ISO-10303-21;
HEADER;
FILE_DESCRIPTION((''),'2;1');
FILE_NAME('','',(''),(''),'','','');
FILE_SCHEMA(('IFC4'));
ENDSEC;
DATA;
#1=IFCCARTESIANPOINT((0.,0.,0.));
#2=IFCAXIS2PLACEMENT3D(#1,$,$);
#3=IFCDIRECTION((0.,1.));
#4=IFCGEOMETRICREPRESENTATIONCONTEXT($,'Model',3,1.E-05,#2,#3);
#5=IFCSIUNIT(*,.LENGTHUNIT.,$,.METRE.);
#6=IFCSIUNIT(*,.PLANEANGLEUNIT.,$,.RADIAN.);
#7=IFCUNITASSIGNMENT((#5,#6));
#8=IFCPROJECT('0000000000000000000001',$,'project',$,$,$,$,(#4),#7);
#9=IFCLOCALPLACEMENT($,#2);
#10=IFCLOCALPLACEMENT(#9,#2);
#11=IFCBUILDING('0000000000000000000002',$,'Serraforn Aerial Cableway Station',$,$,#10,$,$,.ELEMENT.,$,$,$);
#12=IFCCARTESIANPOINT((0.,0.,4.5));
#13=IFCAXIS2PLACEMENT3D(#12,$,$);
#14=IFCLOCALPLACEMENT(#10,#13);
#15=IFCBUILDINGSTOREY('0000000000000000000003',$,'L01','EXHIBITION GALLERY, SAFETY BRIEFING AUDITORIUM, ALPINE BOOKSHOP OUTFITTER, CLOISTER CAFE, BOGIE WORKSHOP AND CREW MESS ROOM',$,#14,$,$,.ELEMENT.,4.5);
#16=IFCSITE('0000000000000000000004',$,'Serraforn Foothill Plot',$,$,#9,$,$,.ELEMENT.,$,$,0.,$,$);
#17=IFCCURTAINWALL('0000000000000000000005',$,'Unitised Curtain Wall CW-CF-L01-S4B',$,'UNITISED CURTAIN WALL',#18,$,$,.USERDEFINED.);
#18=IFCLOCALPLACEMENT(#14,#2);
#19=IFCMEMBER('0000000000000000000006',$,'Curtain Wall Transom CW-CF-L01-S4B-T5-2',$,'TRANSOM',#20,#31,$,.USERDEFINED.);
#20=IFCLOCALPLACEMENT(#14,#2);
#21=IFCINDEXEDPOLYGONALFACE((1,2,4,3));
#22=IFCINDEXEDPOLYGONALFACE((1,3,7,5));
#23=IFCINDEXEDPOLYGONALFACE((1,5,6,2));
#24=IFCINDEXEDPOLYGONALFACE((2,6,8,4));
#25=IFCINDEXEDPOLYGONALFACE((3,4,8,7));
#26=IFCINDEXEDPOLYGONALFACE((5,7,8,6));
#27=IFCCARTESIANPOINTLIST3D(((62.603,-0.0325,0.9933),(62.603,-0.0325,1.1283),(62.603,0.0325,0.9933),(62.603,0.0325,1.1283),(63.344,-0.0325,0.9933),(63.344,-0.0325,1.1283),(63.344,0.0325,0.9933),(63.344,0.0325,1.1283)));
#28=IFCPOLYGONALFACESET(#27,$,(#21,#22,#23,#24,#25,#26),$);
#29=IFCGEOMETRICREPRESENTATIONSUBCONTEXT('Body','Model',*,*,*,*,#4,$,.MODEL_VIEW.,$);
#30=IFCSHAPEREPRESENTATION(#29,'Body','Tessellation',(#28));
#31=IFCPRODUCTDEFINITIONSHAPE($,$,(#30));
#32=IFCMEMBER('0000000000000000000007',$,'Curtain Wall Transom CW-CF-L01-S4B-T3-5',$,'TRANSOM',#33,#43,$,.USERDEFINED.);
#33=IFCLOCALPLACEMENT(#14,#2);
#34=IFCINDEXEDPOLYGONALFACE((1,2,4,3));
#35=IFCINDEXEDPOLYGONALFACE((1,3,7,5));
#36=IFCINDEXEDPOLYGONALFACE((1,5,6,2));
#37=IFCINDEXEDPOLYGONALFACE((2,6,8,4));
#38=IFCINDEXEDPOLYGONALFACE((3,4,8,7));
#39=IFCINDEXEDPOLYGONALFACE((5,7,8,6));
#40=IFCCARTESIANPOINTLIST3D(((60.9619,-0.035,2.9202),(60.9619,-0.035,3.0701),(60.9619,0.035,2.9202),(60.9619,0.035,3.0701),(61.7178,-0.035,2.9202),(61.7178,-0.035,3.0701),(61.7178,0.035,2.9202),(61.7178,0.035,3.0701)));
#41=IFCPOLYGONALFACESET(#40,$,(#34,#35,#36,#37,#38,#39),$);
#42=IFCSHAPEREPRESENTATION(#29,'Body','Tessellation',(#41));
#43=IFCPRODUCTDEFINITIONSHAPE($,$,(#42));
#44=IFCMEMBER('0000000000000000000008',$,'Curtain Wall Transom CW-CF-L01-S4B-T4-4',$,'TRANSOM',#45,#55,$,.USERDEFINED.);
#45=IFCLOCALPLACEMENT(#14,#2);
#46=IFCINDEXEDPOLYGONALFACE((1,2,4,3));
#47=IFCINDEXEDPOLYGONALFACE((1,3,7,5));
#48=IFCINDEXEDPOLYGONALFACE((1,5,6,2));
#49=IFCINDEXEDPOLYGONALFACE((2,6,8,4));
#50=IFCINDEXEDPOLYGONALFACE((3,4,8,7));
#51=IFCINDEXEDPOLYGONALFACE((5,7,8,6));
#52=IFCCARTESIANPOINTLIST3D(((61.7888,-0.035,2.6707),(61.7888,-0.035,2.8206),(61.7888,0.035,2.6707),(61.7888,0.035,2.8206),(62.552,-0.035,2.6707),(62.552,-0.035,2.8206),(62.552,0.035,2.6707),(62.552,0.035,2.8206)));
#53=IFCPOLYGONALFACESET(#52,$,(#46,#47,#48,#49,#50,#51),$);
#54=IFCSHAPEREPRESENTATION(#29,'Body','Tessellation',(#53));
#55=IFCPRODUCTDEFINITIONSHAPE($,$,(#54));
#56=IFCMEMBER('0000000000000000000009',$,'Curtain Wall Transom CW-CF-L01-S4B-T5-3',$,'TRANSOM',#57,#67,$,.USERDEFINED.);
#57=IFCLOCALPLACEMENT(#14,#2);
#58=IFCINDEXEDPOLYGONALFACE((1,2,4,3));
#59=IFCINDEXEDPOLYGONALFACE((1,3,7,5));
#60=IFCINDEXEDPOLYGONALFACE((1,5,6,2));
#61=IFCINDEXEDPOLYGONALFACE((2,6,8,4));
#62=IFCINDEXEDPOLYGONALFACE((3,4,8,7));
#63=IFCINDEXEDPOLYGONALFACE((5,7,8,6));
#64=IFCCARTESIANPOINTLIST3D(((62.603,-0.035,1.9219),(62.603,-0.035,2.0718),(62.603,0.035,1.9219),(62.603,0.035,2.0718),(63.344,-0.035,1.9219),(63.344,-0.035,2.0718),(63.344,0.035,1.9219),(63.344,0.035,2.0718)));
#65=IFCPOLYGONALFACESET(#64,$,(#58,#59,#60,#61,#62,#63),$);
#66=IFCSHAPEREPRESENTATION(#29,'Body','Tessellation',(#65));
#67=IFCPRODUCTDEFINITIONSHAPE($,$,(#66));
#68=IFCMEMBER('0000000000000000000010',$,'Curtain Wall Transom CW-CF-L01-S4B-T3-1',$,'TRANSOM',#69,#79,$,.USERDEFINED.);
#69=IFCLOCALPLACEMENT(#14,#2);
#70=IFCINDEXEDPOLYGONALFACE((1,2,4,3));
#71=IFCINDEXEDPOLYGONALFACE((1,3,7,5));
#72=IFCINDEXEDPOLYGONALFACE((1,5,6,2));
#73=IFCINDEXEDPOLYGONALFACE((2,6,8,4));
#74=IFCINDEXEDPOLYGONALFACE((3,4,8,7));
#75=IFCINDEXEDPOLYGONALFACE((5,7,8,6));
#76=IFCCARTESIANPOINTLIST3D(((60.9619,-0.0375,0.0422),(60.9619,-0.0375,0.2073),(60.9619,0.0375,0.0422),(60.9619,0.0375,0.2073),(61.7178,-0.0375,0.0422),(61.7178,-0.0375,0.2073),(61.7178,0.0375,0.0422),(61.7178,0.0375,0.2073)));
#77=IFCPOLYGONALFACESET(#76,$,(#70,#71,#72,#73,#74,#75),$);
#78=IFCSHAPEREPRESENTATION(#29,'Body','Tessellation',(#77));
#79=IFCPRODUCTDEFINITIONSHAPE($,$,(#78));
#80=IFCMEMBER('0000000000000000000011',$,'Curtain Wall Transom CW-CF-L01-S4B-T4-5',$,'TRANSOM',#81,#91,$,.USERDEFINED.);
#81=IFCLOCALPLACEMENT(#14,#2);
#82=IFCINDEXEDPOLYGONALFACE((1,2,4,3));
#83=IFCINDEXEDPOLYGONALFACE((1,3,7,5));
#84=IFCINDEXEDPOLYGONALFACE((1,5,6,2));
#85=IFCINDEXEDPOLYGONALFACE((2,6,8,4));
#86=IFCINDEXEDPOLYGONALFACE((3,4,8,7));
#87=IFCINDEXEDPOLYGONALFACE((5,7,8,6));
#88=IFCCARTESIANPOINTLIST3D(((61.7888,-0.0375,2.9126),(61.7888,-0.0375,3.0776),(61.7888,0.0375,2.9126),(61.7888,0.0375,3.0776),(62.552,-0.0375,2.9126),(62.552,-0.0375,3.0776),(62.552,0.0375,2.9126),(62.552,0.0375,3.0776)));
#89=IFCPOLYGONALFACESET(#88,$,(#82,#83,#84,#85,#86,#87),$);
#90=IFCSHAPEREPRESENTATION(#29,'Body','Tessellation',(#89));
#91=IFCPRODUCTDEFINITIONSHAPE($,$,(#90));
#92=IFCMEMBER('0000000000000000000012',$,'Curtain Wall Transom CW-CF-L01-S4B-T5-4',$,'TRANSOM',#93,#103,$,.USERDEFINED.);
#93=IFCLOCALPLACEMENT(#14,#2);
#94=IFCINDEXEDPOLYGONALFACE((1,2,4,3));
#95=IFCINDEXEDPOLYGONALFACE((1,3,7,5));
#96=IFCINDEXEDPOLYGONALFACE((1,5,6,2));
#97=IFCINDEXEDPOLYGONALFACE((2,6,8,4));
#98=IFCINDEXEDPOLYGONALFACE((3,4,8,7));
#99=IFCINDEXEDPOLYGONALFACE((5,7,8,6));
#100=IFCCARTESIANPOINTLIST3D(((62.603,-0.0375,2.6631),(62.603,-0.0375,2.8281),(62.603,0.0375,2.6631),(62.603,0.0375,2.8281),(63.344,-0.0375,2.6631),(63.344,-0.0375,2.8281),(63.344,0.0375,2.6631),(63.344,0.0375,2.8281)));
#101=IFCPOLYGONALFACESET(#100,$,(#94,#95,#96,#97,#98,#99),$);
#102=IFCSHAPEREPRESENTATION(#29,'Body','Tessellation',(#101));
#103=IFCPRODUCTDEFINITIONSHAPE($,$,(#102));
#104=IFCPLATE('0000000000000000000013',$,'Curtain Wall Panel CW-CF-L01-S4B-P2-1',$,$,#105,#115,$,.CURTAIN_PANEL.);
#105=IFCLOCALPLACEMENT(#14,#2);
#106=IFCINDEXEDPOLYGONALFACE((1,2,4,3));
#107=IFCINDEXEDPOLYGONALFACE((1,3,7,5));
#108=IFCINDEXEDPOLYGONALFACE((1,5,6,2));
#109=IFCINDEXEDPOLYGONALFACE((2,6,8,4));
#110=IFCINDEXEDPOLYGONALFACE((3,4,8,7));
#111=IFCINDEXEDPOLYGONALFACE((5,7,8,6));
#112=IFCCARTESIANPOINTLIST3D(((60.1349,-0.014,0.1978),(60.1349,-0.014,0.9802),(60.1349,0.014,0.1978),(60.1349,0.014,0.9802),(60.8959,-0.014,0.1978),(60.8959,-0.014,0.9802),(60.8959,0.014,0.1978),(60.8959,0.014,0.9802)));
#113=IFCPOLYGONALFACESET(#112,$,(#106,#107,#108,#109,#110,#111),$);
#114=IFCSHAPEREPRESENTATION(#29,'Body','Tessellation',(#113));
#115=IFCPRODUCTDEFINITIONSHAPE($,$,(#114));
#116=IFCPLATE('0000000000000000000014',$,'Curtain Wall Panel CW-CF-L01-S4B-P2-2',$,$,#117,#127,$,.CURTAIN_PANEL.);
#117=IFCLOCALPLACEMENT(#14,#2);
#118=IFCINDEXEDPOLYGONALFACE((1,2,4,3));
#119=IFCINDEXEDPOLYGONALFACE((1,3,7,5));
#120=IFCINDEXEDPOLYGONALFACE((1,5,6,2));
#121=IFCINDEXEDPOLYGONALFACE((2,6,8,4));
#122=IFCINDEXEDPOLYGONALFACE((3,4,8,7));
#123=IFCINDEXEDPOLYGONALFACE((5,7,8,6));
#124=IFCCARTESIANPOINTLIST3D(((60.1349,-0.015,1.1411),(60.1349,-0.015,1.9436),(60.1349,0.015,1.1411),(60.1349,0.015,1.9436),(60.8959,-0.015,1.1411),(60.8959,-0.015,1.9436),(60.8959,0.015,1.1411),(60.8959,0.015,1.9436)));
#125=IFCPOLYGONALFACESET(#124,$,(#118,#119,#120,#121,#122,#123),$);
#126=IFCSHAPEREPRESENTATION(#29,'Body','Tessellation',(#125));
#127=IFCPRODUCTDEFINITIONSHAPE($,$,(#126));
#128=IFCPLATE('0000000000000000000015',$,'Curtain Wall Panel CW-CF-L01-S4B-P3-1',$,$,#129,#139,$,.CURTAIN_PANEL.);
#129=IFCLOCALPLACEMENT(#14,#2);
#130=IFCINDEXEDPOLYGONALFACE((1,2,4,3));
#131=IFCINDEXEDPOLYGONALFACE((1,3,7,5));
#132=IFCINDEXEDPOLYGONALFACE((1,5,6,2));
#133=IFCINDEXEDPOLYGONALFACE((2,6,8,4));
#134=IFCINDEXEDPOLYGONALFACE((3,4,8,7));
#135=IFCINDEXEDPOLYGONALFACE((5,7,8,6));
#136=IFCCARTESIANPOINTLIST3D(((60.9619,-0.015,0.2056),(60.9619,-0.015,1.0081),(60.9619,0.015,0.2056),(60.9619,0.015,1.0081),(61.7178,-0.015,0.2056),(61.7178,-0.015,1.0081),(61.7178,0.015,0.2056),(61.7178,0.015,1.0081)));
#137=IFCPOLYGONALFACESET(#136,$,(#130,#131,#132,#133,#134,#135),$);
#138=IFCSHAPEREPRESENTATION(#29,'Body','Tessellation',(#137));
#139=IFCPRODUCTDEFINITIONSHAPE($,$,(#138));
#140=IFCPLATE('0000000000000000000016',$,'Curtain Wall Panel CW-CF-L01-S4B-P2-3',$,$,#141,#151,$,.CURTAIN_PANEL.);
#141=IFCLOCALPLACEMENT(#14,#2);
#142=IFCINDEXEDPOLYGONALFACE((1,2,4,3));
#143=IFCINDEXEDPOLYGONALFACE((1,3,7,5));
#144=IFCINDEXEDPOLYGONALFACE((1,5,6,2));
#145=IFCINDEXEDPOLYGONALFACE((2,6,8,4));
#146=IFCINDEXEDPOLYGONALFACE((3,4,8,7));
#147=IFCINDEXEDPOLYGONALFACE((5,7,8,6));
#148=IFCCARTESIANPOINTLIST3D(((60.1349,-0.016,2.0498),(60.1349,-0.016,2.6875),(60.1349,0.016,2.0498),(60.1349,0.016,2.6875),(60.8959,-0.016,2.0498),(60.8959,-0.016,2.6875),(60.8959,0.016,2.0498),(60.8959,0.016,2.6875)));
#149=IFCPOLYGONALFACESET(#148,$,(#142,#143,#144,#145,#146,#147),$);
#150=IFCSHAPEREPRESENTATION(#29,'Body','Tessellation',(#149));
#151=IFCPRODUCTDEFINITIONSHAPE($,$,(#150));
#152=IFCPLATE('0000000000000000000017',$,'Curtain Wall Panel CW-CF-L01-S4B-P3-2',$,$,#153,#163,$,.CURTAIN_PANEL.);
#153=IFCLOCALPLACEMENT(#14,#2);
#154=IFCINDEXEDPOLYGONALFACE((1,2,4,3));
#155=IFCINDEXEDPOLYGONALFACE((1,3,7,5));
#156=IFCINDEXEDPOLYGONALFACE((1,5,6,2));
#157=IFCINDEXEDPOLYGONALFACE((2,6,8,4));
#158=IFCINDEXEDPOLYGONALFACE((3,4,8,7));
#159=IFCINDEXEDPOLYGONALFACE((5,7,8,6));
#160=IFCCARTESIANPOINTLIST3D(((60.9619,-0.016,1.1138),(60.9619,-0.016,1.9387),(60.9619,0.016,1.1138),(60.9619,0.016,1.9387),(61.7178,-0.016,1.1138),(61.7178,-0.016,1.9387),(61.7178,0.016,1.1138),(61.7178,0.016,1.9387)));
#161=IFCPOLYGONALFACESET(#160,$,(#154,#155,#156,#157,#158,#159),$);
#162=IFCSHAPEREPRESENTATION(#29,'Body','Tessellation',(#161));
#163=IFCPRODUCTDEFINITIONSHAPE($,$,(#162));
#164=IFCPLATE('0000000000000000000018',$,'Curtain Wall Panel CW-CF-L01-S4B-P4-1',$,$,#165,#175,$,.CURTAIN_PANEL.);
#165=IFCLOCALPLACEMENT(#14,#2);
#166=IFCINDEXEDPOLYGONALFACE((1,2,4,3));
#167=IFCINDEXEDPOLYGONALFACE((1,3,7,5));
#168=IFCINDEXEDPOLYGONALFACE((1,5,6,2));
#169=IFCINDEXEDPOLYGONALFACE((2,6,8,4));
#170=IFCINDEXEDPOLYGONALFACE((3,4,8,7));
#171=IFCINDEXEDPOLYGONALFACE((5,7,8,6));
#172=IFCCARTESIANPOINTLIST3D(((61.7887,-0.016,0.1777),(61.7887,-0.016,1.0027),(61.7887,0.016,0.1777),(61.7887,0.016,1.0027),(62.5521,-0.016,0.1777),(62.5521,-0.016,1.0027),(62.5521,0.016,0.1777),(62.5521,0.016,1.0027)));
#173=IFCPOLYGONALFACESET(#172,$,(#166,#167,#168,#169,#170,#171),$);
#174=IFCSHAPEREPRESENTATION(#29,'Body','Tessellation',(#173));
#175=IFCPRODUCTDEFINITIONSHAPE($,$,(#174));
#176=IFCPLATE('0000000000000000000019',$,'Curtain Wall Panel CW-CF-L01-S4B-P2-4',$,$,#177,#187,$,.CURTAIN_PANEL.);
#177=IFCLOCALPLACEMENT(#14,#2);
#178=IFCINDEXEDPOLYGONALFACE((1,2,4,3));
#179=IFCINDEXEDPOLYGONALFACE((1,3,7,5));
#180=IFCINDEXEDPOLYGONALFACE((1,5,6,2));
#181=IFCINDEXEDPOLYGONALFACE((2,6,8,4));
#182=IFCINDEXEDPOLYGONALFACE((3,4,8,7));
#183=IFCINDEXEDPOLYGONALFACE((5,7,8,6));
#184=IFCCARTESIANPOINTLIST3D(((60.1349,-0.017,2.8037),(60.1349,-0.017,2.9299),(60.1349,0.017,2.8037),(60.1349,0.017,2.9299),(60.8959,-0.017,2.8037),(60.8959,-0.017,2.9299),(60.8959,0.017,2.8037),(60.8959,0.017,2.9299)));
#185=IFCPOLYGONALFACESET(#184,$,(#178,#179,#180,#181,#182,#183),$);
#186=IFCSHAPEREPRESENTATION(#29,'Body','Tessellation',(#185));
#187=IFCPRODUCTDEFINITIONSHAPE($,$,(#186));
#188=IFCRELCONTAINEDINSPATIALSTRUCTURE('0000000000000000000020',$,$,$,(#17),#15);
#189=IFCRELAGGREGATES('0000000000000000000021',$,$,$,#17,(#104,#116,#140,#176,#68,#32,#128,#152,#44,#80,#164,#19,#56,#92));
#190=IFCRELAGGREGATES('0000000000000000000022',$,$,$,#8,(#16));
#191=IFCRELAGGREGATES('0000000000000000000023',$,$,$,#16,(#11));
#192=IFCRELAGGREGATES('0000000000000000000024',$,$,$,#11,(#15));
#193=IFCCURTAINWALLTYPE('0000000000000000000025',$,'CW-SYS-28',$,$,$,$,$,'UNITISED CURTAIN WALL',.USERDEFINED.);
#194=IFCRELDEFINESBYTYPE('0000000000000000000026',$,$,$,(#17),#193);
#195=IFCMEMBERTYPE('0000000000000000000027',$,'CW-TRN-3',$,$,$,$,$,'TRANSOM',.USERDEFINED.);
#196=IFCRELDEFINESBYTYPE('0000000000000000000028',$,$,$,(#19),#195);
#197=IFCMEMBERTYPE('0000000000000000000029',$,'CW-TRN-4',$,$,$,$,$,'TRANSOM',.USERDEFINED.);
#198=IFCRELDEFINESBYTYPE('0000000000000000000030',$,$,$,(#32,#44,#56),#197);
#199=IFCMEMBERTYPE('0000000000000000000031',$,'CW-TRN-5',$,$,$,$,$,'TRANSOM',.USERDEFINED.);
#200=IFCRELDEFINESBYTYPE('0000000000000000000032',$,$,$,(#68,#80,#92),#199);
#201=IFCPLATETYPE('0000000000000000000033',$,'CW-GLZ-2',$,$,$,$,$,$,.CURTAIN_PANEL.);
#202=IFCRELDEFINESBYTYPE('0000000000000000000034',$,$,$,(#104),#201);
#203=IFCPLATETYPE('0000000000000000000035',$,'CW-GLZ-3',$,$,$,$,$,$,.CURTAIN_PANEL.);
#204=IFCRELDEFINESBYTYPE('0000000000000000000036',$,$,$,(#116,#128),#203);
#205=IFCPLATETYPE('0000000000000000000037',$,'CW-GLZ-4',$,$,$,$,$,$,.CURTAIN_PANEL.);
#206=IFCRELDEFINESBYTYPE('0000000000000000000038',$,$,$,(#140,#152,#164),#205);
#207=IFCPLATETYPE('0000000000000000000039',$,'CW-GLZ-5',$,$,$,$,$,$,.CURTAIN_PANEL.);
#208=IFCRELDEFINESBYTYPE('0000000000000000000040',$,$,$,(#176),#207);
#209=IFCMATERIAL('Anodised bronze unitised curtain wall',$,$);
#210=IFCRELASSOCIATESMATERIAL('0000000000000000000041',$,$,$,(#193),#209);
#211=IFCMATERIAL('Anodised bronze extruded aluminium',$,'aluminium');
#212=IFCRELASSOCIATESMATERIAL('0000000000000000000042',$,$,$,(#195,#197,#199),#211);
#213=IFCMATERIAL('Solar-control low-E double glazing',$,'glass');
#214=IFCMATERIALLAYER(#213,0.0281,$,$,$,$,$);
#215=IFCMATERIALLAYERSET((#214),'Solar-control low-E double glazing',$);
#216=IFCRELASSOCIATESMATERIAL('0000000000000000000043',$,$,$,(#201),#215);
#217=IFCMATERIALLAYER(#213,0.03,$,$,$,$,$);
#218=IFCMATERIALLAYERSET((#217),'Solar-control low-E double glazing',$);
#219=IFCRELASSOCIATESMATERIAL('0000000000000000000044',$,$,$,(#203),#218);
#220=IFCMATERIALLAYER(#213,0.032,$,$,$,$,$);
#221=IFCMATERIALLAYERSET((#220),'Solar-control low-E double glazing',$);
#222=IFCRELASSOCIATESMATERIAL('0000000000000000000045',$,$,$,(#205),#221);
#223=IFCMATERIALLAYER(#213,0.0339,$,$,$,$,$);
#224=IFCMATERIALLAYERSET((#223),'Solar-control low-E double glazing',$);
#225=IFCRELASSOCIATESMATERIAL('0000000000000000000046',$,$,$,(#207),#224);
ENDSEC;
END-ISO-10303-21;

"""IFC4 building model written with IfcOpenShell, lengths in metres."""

from ifc_helpers import new_model, si_unit, direction, frame, origin, origin_2d, place, context, subcontext, project, spatial, rectangle, extrude, material, layer, layer_set, material_profile, profile_set, type_object, element, aggregate, save


model = new_model("IFC4")

# Units and contexts
model_context = context("Model", 3, precision=1e-05, world=origin(), true_north=direction((0.0, 1.0)))
body_context = subcontext(model_context, "Body", "Model", "MODEL_VIEW")
ifc_project = project(units=[si_unit("LENGTHUNIT", "METRE"), si_unit("PLANEANGLEUNIT", "RADIAN")], contexts=[model_context])

# Site, building, storey
site_placement = place(None, origin())
site = spatial("IfcSite", under=ifc_project, at=site_placement, Name="Serraforn Foothill Plot", CompositionType="ELEMENT", RefElevation=0.0)
building_placement = place(site_placement, origin())
building = spatial("IfcBuilding", under=site, at=building_placement, Name="Serraforn Aerial Cableway Station", CompositionType="ELEMENT")
storey_placement = place(building_placement, frame((0.0, 0.0, 4.5)))
storey = spatial("IfcBuildingStorey", under=building, at=storey_placement, Name="L01", Description="EXHIBITION GALLERY, SAFETY BRIEFING AUDITORIUM, ALPINE BOOKSHOP OUTFITTER, CLOISTER CAFE, BOGIE WORKSHOP AND CREW MESS ROOM", CompositionType="ELEMENT", Elevation=4.5)

# Curtain wall, members, plates
ifc_material_1 = material(Name="Anodised bronze unitised curtain wall")
curtain_wall_type = type_object("IfcCurtainWallType", Name="CW-SYS-28", ElementType="UNITISED CURTAIN WALL", PredefinedType="USERDEFINED", material=ifc_material_1)
curtain_wall_placement = place(storey_placement, origin())
curtain_wall = element("IfcCurtainWall", 1, at=curtain_wall_placement, inside=storey, type_object=curtain_wall_type, Name="Unitised Curtain Wall CW-CF-L01-S4B", ObjectType="UNITISED CURTAIN WALL", PredefinedType="USERDEFINED")
ifc_material_2 = material(Name="Anodised bronze extruded aluminium", Category="aluminium")
ifc_material_profile_1 = material_profile(ifc_material_2, rectangle(XDim=0.0649, YDim=0.135, at=origin_2d()), Name="CW TRANSOM 65x135")
ifc_profile_set_1 = profile_set([ifc_material_profile_1], Name="Anodised bronze extruded aluminium")
member_type_1 = type_object("IfcMemberType", Name="CW-TRN-3", ElementType="TRANSOM", PredefinedType="USERDEFINED", material=ifc_profile_set_1)
member_1_placement = place(storey_placement, frame((62.603, 0.0, 1.0608), z_axis=(1.0, 0.0, 0.0), x_axis=(0.0, 1.0, 0.0)))
member_1 = element("IfcMember", 2, at=member_1_placement, type_object=member_type_1, Name="Curtain Wall Transom CW-CF-L01-S4B-T5-2", ObjectType="TRANSOM", PredefinedType="USERDEFINED", context=body_context, shape_type="SweptSolid", body=[
    extrude(rectangle(XDim=0.0649, YDim=0.135, at=origin_2d()), origin(), (0.0, 0.0, 1.0), 0.741),
])
ifc_material_profile_2 = material_profile(ifc_material_2, rectangle(XDim=0.0701, YDim=0.1499, at=origin_2d()), Name="CW TRANSOM 70x150")
ifc_profile_set_2 = profile_set([ifc_material_profile_2], Name="Anodised bronze extruded aluminium")
member_type_2 = type_object("IfcMemberType", Name="CW-TRN-4", ElementType="TRANSOM", PredefinedType="USERDEFINED", material=ifc_profile_set_2)
member_2_placement = place(storey_placement, frame((60.9619, 0.0, 2.9951), z_axis=(1.0, 0.0, 0.0), x_axis=(0.0, 1.0, 0.0)))
member_2 = element("IfcMember", 3, at=member_2_placement, type_object=member_type_2, Name="Curtain Wall Transom CW-CF-L01-S4B-T3-5", ObjectType="TRANSOM", PredefinedType="USERDEFINED", context=body_context, shape_type="SweptSolid", body=[
    extrude(rectangle(XDim=0.0701, YDim=0.1499, at=origin_2d()), origin(), (0.0, 0.0, 1.0), 0.7559),
])
member_3_placement = place(storey_placement, frame((61.7888, 0.0, 2.7456), z_axis=(1.0, 0.0, 0.0), x_axis=(0.0, 1.0, 0.0)))
member_3 = element("IfcMember", 4, at=member_3_placement, type_object=member_type_2, Name="Curtain Wall Transom CW-CF-L01-S4B-T4-4", ObjectType="TRANSOM", PredefinedType="USERDEFINED", context=body_context, shape_type="SweptSolid", body=[
    extrude(rectangle(XDim=0.0701, YDim=0.1499, at=origin_2d()), origin(), (0.0, 0.0, 1.0), 0.7632),
])
member_4_placement = place(storey_placement, frame((62.603, 0.0, 1.9968), z_axis=(1.0, 0.0, 0.0), x_axis=(0.0, 1.0, 0.0)))
member_4 = element("IfcMember", 5, at=member_4_placement, type_object=member_type_2, Name="Curtain Wall Transom CW-CF-L01-S4B-T5-3", ObjectType="TRANSOM", PredefinedType="USERDEFINED", context=body_context, shape_type="SweptSolid", body=[
    extrude(rectangle(XDim=0.0701, YDim=0.1499, at=origin_2d()), origin(), (0.0, 0.0, 1.0), 0.741),
])
ifc_material_profile_3 = material_profile(ifc_material_2, rectangle(XDim=0.075, YDim=0.165, at=origin_2d()), Name="CW TRANSOM 75x165")
ifc_profile_set_3 = profile_set([ifc_material_profile_3], Name="Anodised bronze extruded aluminium")
member_type_3 = type_object("IfcMemberType", Name="CW-TRN-5", ElementType="TRANSOM", PredefinedType="USERDEFINED", material=ifc_profile_set_3)
member_5_placement = place(storey_placement, frame((60.9619, 0.0, 0.1248), z_axis=(1.0, 0.0, 0.0), x_axis=(0.0, 1.0, 0.0)))
member_5 = element("IfcMember", 6, at=member_5_placement, type_object=member_type_3, Name="Curtain Wall Transom CW-CF-L01-S4B-T3-1", ObjectType="TRANSOM", PredefinedType="USERDEFINED", context=body_context, shape_type="SweptSolid", body=[
    extrude(rectangle(XDim=0.075, YDim=0.165, at=origin_2d()), origin(), (0.0, 0.0, 1.0), 0.7559),
])
member_6_placement = place(storey_placement, frame((61.7888, 0.0, 2.9951), z_axis=(1.0, 0.0, 0.0), x_axis=(0.0, 1.0, 0.0)))
member_6 = element("IfcMember", 7, at=member_6_placement, type_object=member_type_3, Name="Curtain Wall Transom CW-CF-L01-S4B-T4-5", ObjectType="TRANSOM", PredefinedType="USERDEFINED", context=body_context, shape_type="SweptSolid", body=[
    extrude(rectangle(XDim=0.075, YDim=0.165, at=origin_2d()), origin(), (0.0, 0.0, 1.0), 0.7632),
])
member_7_placement = place(storey_placement, frame((62.603, 0.0, 2.7456), z_axis=(1.0, 0.0, 0.0), x_axis=(0.0, 1.0, 0.0)))
member_7 = element("IfcMember", 8, at=member_7_placement, type_object=member_type_3, Name="Curtain Wall Transom CW-CF-L01-S4B-T5-4", ObjectType="TRANSOM", PredefinedType="USERDEFINED", context=body_context, shape_type="SweptSolid", body=[
    extrude(rectangle(XDim=0.075, YDim=0.165, at=origin_2d()), origin(), (0.0, 0.0, 1.0), 0.741),
])
ifc_material_3 = material(Name="Solar-control low-E double glazing", Category="glass")
ifc_layer_1 = layer(ifc_material_3, 0.0281)
ifc_layer_set_1 = layer_set([ifc_layer_1], Name="Solar-control low-E double glazing")
plate_type_1 = type_object("IfcPlateType", Name="CW-GLZ-2", PredefinedType="CURTAIN_PANEL", material=ifc_layer_set_1)
plate_1_placement = place(storey_placement, frame((60.5154, 0.0, 0.1978), z_axis=(0.0, 0.0, 1.0), x_axis=(1.0, 0.0, 0.0)))
plate_1 = element("IfcPlate", 9, at=plate_1_placement, type_object=plate_type_1, Name="Curtain Wall Panel CW-CF-L01-S4B-P2-1", PredefinedType="CURTAIN_PANEL", context=body_context, shape_type="SweptSolid", body=[
    extrude(rectangle(XDim=0.761, YDim=0.0281, at=origin_2d()), origin(), (0.0, 0.0, 1.0), 0.7825),
])
ifc_layer_2 = layer(ifc_material_3, 0.03)
ifc_layer_set_2 = layer_set([ifc_layer_2], Name="Solar-control low-E double glazing")
plate_type_2 = type_object("IfcPlateType", Name="CW-GLZ-3", PredefinedType="CURTAIN_PANEL", material=ifc_layer_set_2)
plate_2_placement = place(storey_placement, frame((60.5154, 0.0, 1.1411), z_axis=(0.0, 0.0, 1.0), x_axis=(1.0, 0.0, 0.0)))
plate_2 = element("IfcPlate", 10, at=plate_2_placement, type_object=plate_type_2, Name="Curtain Wall Panel CW-CF-L01-S4B-P2-2", PredefinedType="CURTAIN_PANEL", context=body_context, shape_type="SweptSolid", body=[
    extrude(rectangle(XDim=0.761, YDim=0.03, at=origin_2d()), origin(), (0.0, 0.0, 1.0), 0.8025),
])
plate_3_placement = place(storey_placement, frame((61.3398, 0.0, 0.2056), z_axis=(0.0, 0.0, 1.0), x_axis=(1.0, 0.0, 0.0)))
plate_3 = element("IfcPlate", 11, at=plate_3_placement, type_object=plate_type_2, Name="Curtain Wall Panel CW-CF-L01-S4B-P3-1", PredefinedType="CURTAIN_PANEL", context=body_context, shape_type="SweptSolid", body=[
    extrude(rectangle(XDim=0.7559, YDim=0.03, at=origin_2d()), origin(), (0.0, 0.0, 1.0), 0.8025),
])
ifc_layer_3 = layer(ifc_material_3, 0.032)
ifc_layer_set_3 = layer_set([ifc_layer_3], Name="Solar-control low-E double glazing")
plate_type_3 = type_object("IfcPlateType", Name="CW-GLZ-4", PredefinedType="CURTAIN_PANEL", material=ifc_layer_set_3)
plate_4_placement = place(storey_placement, frame((60.5154, 0.0, 2.0498), z_axis=(0.0, 0.0, 1.0), x_axis=(1.0, 0.0, 0.0)))
plate_4 = element("IfcPlate", 12, at=plate_4_placement, type_object=plate_type_3, Name="Curtain Wall Panel CW-CF-L01-S4B-P2-3", PredefinedType="CURTAIN_PANEL", context=body_context, shape_type="SweptSolid", body=[
    extrude(rectangle(XDim=0.761, YDim=0.032, at=origin_2d()), origin(), (0.0, 0.0, 1.0), 0.6377),
])
plate_5_placement = place(storey_placement, frame((61.3398, 0.0, 1.1138), z_axis=(0.0, 0.0, 1.0), x_axis=(1.0, 0.0, 0.0)))
plate_5 = element("IfcPlate", 13, at=plate_5_placement, type_object=plate_type_3, Name="Curtain Wall Panel CW-CF-L01-S4B-P3-2", PredefinedType="CURTAIN_PANEL", context=body_context, shape_type="SweptSolid", body=[
    extrude(rectangle(XDim=0.7559, YDim=0.032, at=origin_2d()), origin(), (0.0, 0.0, 1.0), 0.825),
])
plate_6_placement = place(storey_placement, frame((62.1704, 0.0, 0.1777), z_axis=(0.0, 0.0, 1.0), x_axis=(1.0, 0.0, 0.0)))
plate_6 = element("IfcPlate", 14, at=plate_6_placement, type_object=plate_type_3, Name="Curtain Wall Panel CW-CF-L01-S4B-P4-1", PredefinedType="CURTAIN_PANEL", context=body_context, shape_type="SweptSolid", body=[
    extrude(rectangle(XDim=0.7634, YDim=0.032, at=origin_2d()), origin(), (0.0, 0.0, 1.0), 0.825),
])
ifc_layer_4 = layer(ifc_material_3, 0.0339)
ifc_layer_set_4 = layer_set([ifc_layer_4], Name="Solar-control low-E double glazing")
plate_type_4 = type_object("IfcPlateType", Name="CW-GLZ-5", PredefinedType="CURTAIN_PANEL", material=ifc_layer_set_4)
plate_7_placement = place(storey_placement, frame((60.5154, 0.0, 2.8037), z_axis=(0.0, 0.0, 1.0), x_axis=(1.0, 0.0, 0.0)))
plate_7 = element("IfcPlate", 15, at=plate_7_placement, type_object=plate_type_4, Name="Curtain Wall Panel CW-CF-L01-S4B-P2-4", PredefinedType="CURTAIN_PANEL", context=body_context, shape_type="SweptSolid", body=[
    extrude(rectangle(XDim=0.761, YDim=0.0339, at=origin_2d()), origin(), (0.0, 0.0, 1.0), 0.1262),
])
aggregate(curtain_wall, [plate_1, plate_2, plate_4, plate_7, member_5, member_2, plate_3, plate_5, member_3, member_6, plate_6, member_1, member_4, member_7])

save(model, "model.ifc")
